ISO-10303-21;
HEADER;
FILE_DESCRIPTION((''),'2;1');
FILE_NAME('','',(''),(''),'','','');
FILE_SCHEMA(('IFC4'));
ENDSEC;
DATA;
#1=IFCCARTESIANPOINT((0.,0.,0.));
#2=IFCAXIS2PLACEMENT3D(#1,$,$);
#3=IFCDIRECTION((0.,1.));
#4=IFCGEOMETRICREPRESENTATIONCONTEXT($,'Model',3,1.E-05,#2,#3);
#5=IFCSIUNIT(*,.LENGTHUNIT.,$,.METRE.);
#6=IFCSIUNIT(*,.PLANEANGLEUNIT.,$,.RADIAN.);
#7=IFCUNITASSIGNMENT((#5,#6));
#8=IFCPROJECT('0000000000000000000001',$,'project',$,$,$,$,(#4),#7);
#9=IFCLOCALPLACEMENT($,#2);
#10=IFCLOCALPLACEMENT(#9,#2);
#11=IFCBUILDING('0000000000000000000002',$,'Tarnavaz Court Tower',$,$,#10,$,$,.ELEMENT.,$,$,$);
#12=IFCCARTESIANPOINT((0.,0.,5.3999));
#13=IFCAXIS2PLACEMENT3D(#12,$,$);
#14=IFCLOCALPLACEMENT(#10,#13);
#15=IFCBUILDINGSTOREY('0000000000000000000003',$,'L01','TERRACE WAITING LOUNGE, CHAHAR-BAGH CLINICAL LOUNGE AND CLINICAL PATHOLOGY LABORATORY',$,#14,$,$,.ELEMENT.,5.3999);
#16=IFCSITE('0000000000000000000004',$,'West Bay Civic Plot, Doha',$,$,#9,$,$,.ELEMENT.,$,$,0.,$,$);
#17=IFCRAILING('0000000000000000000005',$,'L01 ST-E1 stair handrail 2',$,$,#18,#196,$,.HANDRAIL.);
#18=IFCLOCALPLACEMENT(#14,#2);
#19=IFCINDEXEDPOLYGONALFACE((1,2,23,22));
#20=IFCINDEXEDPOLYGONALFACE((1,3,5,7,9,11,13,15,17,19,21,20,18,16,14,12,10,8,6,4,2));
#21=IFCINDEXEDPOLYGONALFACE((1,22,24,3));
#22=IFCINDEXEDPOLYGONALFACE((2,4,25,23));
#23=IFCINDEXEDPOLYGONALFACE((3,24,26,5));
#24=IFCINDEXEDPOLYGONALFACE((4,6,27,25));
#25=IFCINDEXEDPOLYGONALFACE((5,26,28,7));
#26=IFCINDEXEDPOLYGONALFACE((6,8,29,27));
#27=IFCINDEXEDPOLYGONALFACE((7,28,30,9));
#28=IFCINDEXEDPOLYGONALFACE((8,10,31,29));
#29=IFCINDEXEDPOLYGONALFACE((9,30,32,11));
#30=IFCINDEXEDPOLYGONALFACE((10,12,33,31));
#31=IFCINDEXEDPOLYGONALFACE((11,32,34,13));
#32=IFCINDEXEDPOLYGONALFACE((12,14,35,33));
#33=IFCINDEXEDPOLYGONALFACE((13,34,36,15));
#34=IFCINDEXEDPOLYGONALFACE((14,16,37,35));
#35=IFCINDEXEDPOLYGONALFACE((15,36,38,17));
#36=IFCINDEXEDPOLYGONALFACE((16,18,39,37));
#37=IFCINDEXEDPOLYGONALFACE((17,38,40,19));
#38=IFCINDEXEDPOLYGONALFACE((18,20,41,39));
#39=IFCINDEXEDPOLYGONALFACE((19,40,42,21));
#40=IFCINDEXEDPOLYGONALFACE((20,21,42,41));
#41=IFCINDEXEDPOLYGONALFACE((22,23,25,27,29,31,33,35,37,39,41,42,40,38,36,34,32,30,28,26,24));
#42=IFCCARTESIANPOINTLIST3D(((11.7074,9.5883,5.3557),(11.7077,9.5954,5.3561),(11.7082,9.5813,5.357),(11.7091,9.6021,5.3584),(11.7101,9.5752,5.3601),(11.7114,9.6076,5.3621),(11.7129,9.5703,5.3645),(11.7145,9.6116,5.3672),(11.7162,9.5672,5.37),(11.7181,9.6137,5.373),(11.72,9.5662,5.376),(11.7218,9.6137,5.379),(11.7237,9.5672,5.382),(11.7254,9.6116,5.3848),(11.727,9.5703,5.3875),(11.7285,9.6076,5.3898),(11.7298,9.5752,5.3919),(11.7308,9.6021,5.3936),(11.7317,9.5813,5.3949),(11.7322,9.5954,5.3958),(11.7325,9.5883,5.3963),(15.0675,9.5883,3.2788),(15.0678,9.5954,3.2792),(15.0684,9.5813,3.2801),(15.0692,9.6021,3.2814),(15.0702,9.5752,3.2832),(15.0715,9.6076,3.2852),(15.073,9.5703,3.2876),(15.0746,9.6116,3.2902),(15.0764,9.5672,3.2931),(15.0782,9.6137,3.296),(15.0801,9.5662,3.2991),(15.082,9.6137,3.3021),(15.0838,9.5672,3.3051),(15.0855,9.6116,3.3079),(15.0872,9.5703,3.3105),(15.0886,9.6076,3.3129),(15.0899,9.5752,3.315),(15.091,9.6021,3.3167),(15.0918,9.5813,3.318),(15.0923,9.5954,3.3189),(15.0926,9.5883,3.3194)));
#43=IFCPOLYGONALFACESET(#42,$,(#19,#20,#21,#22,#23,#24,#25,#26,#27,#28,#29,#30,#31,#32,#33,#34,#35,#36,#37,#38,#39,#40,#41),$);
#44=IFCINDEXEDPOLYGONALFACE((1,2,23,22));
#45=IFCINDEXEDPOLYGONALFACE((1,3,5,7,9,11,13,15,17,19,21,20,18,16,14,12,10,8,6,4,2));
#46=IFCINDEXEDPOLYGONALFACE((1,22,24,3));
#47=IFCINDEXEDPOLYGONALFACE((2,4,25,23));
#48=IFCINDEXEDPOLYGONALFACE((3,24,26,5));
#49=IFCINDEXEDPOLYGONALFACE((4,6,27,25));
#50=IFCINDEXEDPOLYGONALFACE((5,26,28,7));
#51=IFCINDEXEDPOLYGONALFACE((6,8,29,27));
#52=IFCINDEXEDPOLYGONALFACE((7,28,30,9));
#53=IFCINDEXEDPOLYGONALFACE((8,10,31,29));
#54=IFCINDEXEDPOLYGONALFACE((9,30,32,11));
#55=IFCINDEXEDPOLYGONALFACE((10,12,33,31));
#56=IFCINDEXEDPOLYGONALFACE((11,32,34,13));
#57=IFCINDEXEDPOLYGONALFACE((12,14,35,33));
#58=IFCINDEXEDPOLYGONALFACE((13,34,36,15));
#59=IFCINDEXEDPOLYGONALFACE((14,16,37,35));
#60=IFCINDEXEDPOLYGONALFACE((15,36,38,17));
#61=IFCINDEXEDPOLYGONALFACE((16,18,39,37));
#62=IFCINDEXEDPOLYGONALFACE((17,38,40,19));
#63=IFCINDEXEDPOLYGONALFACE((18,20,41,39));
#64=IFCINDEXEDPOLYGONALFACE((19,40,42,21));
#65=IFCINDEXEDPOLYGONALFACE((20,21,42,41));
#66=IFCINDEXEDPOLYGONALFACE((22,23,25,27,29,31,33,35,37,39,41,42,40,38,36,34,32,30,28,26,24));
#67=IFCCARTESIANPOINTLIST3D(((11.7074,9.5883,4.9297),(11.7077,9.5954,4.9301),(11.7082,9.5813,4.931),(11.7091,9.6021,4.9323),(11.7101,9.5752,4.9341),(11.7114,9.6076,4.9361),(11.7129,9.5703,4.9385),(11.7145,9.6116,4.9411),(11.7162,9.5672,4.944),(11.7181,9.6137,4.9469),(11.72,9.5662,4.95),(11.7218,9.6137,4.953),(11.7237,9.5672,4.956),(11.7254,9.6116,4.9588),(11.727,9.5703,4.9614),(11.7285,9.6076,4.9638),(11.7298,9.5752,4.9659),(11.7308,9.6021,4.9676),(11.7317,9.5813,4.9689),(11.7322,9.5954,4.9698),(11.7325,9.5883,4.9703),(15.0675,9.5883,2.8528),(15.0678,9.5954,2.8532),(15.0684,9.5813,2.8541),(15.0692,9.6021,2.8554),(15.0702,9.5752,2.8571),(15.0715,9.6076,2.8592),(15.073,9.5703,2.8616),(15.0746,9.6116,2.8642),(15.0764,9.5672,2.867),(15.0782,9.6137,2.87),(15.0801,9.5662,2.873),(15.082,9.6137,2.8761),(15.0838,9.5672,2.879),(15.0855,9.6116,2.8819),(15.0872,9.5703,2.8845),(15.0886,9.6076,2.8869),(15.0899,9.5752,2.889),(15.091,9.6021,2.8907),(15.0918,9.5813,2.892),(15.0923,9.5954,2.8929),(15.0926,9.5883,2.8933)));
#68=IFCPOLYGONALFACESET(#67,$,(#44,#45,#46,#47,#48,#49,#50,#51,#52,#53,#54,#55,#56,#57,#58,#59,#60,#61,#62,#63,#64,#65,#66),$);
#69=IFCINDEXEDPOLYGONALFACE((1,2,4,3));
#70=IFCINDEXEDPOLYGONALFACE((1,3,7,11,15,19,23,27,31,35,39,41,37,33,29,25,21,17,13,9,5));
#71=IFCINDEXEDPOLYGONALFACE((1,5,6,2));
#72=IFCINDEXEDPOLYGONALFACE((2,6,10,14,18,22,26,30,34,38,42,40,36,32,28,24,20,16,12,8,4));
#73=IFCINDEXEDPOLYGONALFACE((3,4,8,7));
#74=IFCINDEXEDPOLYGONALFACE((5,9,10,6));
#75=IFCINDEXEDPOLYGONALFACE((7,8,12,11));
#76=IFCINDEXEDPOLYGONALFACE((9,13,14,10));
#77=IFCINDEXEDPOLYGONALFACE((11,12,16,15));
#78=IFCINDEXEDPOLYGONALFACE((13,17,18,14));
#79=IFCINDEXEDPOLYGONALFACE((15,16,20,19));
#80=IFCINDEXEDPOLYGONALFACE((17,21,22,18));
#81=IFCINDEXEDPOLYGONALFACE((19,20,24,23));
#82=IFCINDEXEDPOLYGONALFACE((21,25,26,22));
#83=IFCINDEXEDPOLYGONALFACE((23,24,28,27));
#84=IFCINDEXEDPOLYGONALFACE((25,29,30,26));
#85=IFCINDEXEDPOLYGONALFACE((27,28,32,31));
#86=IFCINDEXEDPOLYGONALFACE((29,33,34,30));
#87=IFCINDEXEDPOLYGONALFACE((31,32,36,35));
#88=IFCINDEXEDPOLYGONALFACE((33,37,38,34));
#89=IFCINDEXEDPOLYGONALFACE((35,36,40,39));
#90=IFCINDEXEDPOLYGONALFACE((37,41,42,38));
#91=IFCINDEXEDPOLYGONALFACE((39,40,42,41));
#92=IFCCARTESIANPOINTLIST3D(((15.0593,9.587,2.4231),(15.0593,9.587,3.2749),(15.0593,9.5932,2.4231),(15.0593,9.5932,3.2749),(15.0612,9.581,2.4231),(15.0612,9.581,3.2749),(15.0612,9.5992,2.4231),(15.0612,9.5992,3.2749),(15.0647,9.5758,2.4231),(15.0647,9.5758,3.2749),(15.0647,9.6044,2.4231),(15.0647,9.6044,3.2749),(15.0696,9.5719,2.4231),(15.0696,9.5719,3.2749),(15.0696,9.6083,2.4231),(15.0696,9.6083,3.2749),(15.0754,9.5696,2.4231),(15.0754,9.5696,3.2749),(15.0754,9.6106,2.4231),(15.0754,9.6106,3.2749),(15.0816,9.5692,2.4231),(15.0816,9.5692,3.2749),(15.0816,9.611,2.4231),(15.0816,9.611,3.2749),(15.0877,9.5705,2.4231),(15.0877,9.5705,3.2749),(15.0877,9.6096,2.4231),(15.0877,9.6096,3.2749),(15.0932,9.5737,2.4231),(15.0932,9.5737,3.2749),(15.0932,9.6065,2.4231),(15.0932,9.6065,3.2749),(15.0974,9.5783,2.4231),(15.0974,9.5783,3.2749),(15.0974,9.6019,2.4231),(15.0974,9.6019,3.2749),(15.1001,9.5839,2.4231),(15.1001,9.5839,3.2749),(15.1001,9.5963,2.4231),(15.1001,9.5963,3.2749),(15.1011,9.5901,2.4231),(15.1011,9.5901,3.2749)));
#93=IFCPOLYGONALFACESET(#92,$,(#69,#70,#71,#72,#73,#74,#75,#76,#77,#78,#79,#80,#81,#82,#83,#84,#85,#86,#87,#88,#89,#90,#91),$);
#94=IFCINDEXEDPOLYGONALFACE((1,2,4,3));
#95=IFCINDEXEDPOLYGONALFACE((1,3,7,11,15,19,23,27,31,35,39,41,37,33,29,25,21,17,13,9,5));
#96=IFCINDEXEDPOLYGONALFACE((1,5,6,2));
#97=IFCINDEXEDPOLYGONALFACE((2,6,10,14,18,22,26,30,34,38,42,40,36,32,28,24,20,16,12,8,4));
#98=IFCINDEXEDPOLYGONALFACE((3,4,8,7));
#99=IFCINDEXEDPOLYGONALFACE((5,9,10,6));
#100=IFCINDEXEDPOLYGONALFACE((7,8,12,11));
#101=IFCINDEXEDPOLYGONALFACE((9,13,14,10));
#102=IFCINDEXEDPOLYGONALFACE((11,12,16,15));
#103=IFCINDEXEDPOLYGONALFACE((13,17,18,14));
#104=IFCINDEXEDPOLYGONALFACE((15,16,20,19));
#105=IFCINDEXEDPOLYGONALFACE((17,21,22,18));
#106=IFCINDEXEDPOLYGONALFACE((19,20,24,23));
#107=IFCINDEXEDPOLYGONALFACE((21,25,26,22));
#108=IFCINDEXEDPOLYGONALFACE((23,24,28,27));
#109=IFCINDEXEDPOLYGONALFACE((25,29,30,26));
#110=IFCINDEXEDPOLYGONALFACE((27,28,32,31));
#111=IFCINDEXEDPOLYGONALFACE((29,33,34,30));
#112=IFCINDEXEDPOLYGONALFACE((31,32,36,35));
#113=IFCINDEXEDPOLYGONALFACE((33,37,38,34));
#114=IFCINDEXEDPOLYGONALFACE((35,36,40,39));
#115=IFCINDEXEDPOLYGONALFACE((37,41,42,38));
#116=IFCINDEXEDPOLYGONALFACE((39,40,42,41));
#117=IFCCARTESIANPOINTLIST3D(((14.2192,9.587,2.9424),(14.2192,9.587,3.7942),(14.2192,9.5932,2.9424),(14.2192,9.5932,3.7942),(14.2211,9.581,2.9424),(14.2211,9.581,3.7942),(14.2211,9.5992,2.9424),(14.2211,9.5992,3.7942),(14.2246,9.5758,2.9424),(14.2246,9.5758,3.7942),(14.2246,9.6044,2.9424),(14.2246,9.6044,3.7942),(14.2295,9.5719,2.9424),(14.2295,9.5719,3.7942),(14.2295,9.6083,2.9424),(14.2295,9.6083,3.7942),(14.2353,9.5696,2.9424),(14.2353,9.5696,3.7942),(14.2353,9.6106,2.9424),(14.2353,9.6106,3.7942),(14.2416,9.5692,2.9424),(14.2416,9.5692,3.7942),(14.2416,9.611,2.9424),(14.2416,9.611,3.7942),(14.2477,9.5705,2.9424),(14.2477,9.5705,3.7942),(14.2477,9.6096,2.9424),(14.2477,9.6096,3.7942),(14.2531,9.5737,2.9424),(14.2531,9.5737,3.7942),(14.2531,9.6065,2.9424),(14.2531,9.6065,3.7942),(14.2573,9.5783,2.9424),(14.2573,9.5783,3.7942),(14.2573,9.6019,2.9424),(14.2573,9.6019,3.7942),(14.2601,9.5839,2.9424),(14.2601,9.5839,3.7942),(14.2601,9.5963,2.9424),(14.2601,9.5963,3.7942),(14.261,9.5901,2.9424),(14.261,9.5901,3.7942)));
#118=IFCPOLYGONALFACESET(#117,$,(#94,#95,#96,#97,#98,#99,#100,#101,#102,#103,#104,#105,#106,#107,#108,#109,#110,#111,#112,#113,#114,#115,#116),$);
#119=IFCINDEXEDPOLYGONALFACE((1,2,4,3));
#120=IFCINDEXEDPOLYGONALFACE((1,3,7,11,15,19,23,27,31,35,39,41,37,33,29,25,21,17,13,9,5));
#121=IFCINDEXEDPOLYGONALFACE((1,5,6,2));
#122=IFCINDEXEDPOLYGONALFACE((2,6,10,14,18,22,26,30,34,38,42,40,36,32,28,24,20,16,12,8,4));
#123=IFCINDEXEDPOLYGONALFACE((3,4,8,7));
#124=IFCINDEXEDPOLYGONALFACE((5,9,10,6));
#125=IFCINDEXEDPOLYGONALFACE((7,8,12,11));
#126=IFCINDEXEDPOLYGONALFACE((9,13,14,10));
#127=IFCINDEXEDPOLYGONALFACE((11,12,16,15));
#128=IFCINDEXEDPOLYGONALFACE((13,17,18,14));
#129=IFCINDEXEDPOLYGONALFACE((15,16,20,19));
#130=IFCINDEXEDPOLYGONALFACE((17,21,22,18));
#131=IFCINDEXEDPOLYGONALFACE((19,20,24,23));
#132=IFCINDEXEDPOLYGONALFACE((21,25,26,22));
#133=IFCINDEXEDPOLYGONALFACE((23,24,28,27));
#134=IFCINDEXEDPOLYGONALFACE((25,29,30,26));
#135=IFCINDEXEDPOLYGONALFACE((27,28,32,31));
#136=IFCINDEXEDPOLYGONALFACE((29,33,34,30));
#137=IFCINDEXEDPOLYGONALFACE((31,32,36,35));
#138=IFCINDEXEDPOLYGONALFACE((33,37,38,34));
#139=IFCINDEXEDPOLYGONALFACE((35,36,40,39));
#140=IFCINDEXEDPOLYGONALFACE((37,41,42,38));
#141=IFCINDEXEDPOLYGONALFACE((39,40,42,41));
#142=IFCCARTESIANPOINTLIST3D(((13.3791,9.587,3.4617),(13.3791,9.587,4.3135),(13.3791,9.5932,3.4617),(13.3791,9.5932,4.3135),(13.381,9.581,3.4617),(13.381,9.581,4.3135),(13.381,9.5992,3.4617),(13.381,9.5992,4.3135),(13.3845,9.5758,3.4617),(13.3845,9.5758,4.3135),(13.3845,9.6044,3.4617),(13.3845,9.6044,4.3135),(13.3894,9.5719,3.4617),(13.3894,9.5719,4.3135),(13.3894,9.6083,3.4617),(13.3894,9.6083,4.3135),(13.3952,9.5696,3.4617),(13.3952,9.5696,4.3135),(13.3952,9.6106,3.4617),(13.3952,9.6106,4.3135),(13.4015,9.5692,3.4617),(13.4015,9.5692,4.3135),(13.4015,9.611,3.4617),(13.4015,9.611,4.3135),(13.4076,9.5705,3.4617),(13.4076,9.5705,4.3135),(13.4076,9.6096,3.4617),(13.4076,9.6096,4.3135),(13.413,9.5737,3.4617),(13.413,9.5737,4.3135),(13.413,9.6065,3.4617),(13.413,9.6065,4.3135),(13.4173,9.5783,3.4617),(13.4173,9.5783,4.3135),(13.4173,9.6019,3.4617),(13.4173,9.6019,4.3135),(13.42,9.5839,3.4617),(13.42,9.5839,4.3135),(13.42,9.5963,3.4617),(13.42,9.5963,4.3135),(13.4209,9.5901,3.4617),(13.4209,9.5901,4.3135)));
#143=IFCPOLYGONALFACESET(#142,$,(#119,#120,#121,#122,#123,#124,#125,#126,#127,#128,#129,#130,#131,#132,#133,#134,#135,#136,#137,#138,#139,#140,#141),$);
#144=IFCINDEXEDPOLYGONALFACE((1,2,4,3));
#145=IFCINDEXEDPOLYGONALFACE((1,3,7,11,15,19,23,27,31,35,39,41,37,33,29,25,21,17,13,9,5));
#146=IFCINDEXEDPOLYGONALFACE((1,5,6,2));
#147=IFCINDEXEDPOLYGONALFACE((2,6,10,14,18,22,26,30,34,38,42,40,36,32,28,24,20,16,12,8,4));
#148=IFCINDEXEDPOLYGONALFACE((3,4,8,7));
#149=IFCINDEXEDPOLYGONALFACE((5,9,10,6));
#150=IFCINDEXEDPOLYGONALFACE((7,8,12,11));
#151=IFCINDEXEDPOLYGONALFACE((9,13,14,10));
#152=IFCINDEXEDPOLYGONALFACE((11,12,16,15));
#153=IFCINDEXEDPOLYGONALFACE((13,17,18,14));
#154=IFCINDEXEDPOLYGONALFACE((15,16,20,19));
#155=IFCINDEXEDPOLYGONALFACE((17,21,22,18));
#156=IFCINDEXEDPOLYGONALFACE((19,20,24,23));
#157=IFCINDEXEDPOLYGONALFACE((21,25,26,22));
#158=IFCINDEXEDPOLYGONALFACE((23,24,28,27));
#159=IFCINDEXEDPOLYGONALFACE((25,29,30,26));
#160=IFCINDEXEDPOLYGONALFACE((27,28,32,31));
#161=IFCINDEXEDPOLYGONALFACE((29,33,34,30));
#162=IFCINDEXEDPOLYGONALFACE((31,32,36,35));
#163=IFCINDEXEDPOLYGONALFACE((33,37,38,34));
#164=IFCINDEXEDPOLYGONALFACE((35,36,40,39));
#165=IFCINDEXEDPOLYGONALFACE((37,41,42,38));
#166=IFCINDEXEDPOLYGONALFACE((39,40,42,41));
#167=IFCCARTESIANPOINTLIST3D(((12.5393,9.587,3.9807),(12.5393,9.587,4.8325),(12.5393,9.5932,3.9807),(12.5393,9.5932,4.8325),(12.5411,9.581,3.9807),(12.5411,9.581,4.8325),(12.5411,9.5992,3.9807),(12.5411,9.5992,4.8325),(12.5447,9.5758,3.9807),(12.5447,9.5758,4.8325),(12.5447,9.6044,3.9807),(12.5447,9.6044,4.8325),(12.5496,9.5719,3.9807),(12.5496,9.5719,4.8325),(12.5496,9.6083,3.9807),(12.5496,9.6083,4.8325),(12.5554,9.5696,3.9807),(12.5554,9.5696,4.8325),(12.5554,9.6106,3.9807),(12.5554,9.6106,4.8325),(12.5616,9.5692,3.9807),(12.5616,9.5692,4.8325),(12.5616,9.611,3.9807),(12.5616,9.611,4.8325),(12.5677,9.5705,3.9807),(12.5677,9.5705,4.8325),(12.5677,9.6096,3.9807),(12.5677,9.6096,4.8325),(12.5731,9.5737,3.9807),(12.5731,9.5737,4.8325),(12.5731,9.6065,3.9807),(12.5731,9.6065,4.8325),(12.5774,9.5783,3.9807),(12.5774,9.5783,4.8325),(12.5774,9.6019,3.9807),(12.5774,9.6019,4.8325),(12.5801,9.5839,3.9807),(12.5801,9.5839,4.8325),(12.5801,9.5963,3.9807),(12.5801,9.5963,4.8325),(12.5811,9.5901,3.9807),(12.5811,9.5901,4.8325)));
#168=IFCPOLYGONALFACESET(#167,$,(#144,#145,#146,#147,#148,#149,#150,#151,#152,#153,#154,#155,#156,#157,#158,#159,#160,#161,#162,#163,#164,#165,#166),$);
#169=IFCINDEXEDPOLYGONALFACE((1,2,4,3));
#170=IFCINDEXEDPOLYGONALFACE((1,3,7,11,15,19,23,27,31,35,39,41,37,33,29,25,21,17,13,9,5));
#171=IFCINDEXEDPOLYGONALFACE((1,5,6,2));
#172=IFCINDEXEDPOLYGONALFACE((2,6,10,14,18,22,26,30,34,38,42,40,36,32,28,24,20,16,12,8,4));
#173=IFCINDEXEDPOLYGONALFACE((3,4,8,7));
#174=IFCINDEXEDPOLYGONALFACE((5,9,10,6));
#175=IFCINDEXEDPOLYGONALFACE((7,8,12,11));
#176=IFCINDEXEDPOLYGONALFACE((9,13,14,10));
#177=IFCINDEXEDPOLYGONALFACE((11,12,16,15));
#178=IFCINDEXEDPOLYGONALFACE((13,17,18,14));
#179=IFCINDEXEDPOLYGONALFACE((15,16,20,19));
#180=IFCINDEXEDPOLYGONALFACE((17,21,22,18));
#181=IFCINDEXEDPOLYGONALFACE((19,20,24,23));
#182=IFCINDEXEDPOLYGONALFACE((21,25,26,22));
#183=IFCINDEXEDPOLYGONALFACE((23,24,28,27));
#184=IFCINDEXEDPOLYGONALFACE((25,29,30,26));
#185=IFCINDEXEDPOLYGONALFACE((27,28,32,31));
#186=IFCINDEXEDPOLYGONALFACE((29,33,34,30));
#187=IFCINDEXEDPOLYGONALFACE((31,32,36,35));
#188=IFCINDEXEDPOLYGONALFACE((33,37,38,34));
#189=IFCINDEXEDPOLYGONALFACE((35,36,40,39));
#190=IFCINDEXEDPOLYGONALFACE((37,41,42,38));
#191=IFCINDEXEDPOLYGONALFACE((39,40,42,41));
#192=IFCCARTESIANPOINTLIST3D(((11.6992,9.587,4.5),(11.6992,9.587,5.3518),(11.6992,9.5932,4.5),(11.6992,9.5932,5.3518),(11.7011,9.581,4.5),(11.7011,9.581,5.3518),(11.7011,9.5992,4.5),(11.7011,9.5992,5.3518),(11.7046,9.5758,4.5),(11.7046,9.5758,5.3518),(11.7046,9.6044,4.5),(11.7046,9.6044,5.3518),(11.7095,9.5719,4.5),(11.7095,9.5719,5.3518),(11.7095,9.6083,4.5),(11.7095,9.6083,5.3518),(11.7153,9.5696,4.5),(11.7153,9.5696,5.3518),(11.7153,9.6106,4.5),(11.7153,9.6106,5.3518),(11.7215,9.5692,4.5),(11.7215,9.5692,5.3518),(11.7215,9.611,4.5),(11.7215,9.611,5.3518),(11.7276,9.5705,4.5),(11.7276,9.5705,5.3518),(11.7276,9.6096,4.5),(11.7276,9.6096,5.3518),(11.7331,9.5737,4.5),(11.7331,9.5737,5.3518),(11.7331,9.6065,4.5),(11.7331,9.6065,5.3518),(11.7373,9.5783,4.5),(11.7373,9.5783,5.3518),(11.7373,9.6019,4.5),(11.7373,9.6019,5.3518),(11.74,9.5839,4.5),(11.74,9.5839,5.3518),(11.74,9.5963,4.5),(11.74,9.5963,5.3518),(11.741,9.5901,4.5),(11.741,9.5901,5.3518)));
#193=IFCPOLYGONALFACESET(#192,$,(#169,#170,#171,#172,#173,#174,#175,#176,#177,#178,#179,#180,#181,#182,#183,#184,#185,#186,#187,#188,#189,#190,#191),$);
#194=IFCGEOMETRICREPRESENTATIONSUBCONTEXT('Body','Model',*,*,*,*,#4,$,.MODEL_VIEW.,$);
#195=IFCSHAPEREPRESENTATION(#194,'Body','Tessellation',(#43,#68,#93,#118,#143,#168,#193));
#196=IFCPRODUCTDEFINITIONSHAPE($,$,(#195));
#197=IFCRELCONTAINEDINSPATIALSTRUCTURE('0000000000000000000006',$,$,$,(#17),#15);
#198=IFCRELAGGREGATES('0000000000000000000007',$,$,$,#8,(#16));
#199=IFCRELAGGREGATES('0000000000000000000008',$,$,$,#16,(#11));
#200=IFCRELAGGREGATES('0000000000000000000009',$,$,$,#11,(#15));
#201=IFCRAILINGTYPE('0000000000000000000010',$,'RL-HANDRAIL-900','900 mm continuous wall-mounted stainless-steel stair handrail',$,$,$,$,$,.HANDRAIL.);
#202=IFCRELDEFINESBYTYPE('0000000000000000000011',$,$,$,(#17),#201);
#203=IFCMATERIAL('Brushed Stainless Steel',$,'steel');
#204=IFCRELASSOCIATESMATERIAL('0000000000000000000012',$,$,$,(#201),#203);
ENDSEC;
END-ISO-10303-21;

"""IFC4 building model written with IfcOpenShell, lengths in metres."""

from ifc_helpers import new_model, si_unit, direction, frame, origin, origin_2d, place, context, subcontext, project, spatial, circle, extrude, material, type_object, element, save


model = new_model("IFC4")

# Units and contexts
model_context = context("Model", 3, precision=1e-05, world=origin(), true_north=direction((0.0, 1.0)))
body_context = subcontext(model_context, "Body", "Model", "MODEL_VIEW")
ifc_project = project(units=[si_unit("LENGTHUNIT", "METRE"), si_unit("PLANEANGLEUNIT", "RADIAN")], contexts=[model_context])

# Site, building, storey
site_placement = place(None, origin())
site = spatial("IfcSite", under=ifc_project, at=site_placement, Name="West Bay Civic Plot, Doha", CompositionType="ELEMENT", RefElevation=0.0)
building_placement = place(site_placement, origin())
building = spatial("IfcBuilding", under=site, at=building_placement, Name="Tarnavaz Court Tower", CompositionType="ELEMENT")
storey_placement = place(building_placement, frame((0.0, 0.0, 5.3999)))
storey = spatial("IfcBuildingStorey", under=building, at=storey_placement, Name="L01", Description="TERRACE WAITING LOUNGE, CHAHAR-BAGH CLINICAL LOUNGE AND CLINICAL PATHOLOGY LABORATORY", CompositionType="ELEMENT", Elevation=5.3999)

# Railing
ifc_material_1 = material(Name="Brushed Stainless Steel", Category="steel")
railing_type_1 = type_object("IfcRailingType", Name="RL-HANDRAIL-900", Description="900 mm continuous wall-mounted stainless-steel stair handrail", PredefinedType="HANDRAIL", material=ifc_material_1)
railing_1_placement = place(storey_placement, frame((15.0801, 9.5901, 2.4231)))
element("IfcRailing", 1, at=railing_1_placement, inside=storey, type_object=railing_type_1, Name="L01 ST-E1 stair handrail 2", PredefinedType="HANDRAIL", context=body_context, shape_type="SweptSolid", body=[
    extrude(circle(Radius=0.0239, at=origin_2d()), frame((0.0, 0.0, 0.876), z_axis=(-0.850623, 0.0, 0.525776), x_axis=(0.0, -1.0, 0.0)), (0.0, 0.0, 1.0), 3.9502),
    extrude(circle(Radius=0.0239, at=origin_2d()), frame((0.0, 0.0, 0.45), z_axis=(-0.850623, 0.0, 0.525776), x_axis=(0.0, -1.0, 0.0)), (0.0, 0.0, 1.0), 3.9502),
    extrude(circle(Radius=0.021, at=origin_2d()), origin(), (0.0, 0.0, 1.0), 0.8518),
    extrude(circle(Radius=0.021, at=origin_2d()), frame((-0.8401, 0.0, 0.5193)), (0.0, 0.0, 1.0), 0.8518),
    extrude(circle(Radius=0.021, at=origin_2d()), frame((-1.6802, 0.0, 1.0386)), (0.0, 0.0, 1.0), 0.8518),
    extrude(circle(Radius=0.021, at=origin_2d()), frame((-2.52, 0.0, 1.5576)), (0.0, 0.0, 1.0), 0.8518),
    extrude(circle(Radius=0.021, at=origin_2d()), frame((-3.3601, 0.0, 2.0769)), (0.0, 0.0, 1.0), 0.8518),
])

save(model, "model.ifc")
